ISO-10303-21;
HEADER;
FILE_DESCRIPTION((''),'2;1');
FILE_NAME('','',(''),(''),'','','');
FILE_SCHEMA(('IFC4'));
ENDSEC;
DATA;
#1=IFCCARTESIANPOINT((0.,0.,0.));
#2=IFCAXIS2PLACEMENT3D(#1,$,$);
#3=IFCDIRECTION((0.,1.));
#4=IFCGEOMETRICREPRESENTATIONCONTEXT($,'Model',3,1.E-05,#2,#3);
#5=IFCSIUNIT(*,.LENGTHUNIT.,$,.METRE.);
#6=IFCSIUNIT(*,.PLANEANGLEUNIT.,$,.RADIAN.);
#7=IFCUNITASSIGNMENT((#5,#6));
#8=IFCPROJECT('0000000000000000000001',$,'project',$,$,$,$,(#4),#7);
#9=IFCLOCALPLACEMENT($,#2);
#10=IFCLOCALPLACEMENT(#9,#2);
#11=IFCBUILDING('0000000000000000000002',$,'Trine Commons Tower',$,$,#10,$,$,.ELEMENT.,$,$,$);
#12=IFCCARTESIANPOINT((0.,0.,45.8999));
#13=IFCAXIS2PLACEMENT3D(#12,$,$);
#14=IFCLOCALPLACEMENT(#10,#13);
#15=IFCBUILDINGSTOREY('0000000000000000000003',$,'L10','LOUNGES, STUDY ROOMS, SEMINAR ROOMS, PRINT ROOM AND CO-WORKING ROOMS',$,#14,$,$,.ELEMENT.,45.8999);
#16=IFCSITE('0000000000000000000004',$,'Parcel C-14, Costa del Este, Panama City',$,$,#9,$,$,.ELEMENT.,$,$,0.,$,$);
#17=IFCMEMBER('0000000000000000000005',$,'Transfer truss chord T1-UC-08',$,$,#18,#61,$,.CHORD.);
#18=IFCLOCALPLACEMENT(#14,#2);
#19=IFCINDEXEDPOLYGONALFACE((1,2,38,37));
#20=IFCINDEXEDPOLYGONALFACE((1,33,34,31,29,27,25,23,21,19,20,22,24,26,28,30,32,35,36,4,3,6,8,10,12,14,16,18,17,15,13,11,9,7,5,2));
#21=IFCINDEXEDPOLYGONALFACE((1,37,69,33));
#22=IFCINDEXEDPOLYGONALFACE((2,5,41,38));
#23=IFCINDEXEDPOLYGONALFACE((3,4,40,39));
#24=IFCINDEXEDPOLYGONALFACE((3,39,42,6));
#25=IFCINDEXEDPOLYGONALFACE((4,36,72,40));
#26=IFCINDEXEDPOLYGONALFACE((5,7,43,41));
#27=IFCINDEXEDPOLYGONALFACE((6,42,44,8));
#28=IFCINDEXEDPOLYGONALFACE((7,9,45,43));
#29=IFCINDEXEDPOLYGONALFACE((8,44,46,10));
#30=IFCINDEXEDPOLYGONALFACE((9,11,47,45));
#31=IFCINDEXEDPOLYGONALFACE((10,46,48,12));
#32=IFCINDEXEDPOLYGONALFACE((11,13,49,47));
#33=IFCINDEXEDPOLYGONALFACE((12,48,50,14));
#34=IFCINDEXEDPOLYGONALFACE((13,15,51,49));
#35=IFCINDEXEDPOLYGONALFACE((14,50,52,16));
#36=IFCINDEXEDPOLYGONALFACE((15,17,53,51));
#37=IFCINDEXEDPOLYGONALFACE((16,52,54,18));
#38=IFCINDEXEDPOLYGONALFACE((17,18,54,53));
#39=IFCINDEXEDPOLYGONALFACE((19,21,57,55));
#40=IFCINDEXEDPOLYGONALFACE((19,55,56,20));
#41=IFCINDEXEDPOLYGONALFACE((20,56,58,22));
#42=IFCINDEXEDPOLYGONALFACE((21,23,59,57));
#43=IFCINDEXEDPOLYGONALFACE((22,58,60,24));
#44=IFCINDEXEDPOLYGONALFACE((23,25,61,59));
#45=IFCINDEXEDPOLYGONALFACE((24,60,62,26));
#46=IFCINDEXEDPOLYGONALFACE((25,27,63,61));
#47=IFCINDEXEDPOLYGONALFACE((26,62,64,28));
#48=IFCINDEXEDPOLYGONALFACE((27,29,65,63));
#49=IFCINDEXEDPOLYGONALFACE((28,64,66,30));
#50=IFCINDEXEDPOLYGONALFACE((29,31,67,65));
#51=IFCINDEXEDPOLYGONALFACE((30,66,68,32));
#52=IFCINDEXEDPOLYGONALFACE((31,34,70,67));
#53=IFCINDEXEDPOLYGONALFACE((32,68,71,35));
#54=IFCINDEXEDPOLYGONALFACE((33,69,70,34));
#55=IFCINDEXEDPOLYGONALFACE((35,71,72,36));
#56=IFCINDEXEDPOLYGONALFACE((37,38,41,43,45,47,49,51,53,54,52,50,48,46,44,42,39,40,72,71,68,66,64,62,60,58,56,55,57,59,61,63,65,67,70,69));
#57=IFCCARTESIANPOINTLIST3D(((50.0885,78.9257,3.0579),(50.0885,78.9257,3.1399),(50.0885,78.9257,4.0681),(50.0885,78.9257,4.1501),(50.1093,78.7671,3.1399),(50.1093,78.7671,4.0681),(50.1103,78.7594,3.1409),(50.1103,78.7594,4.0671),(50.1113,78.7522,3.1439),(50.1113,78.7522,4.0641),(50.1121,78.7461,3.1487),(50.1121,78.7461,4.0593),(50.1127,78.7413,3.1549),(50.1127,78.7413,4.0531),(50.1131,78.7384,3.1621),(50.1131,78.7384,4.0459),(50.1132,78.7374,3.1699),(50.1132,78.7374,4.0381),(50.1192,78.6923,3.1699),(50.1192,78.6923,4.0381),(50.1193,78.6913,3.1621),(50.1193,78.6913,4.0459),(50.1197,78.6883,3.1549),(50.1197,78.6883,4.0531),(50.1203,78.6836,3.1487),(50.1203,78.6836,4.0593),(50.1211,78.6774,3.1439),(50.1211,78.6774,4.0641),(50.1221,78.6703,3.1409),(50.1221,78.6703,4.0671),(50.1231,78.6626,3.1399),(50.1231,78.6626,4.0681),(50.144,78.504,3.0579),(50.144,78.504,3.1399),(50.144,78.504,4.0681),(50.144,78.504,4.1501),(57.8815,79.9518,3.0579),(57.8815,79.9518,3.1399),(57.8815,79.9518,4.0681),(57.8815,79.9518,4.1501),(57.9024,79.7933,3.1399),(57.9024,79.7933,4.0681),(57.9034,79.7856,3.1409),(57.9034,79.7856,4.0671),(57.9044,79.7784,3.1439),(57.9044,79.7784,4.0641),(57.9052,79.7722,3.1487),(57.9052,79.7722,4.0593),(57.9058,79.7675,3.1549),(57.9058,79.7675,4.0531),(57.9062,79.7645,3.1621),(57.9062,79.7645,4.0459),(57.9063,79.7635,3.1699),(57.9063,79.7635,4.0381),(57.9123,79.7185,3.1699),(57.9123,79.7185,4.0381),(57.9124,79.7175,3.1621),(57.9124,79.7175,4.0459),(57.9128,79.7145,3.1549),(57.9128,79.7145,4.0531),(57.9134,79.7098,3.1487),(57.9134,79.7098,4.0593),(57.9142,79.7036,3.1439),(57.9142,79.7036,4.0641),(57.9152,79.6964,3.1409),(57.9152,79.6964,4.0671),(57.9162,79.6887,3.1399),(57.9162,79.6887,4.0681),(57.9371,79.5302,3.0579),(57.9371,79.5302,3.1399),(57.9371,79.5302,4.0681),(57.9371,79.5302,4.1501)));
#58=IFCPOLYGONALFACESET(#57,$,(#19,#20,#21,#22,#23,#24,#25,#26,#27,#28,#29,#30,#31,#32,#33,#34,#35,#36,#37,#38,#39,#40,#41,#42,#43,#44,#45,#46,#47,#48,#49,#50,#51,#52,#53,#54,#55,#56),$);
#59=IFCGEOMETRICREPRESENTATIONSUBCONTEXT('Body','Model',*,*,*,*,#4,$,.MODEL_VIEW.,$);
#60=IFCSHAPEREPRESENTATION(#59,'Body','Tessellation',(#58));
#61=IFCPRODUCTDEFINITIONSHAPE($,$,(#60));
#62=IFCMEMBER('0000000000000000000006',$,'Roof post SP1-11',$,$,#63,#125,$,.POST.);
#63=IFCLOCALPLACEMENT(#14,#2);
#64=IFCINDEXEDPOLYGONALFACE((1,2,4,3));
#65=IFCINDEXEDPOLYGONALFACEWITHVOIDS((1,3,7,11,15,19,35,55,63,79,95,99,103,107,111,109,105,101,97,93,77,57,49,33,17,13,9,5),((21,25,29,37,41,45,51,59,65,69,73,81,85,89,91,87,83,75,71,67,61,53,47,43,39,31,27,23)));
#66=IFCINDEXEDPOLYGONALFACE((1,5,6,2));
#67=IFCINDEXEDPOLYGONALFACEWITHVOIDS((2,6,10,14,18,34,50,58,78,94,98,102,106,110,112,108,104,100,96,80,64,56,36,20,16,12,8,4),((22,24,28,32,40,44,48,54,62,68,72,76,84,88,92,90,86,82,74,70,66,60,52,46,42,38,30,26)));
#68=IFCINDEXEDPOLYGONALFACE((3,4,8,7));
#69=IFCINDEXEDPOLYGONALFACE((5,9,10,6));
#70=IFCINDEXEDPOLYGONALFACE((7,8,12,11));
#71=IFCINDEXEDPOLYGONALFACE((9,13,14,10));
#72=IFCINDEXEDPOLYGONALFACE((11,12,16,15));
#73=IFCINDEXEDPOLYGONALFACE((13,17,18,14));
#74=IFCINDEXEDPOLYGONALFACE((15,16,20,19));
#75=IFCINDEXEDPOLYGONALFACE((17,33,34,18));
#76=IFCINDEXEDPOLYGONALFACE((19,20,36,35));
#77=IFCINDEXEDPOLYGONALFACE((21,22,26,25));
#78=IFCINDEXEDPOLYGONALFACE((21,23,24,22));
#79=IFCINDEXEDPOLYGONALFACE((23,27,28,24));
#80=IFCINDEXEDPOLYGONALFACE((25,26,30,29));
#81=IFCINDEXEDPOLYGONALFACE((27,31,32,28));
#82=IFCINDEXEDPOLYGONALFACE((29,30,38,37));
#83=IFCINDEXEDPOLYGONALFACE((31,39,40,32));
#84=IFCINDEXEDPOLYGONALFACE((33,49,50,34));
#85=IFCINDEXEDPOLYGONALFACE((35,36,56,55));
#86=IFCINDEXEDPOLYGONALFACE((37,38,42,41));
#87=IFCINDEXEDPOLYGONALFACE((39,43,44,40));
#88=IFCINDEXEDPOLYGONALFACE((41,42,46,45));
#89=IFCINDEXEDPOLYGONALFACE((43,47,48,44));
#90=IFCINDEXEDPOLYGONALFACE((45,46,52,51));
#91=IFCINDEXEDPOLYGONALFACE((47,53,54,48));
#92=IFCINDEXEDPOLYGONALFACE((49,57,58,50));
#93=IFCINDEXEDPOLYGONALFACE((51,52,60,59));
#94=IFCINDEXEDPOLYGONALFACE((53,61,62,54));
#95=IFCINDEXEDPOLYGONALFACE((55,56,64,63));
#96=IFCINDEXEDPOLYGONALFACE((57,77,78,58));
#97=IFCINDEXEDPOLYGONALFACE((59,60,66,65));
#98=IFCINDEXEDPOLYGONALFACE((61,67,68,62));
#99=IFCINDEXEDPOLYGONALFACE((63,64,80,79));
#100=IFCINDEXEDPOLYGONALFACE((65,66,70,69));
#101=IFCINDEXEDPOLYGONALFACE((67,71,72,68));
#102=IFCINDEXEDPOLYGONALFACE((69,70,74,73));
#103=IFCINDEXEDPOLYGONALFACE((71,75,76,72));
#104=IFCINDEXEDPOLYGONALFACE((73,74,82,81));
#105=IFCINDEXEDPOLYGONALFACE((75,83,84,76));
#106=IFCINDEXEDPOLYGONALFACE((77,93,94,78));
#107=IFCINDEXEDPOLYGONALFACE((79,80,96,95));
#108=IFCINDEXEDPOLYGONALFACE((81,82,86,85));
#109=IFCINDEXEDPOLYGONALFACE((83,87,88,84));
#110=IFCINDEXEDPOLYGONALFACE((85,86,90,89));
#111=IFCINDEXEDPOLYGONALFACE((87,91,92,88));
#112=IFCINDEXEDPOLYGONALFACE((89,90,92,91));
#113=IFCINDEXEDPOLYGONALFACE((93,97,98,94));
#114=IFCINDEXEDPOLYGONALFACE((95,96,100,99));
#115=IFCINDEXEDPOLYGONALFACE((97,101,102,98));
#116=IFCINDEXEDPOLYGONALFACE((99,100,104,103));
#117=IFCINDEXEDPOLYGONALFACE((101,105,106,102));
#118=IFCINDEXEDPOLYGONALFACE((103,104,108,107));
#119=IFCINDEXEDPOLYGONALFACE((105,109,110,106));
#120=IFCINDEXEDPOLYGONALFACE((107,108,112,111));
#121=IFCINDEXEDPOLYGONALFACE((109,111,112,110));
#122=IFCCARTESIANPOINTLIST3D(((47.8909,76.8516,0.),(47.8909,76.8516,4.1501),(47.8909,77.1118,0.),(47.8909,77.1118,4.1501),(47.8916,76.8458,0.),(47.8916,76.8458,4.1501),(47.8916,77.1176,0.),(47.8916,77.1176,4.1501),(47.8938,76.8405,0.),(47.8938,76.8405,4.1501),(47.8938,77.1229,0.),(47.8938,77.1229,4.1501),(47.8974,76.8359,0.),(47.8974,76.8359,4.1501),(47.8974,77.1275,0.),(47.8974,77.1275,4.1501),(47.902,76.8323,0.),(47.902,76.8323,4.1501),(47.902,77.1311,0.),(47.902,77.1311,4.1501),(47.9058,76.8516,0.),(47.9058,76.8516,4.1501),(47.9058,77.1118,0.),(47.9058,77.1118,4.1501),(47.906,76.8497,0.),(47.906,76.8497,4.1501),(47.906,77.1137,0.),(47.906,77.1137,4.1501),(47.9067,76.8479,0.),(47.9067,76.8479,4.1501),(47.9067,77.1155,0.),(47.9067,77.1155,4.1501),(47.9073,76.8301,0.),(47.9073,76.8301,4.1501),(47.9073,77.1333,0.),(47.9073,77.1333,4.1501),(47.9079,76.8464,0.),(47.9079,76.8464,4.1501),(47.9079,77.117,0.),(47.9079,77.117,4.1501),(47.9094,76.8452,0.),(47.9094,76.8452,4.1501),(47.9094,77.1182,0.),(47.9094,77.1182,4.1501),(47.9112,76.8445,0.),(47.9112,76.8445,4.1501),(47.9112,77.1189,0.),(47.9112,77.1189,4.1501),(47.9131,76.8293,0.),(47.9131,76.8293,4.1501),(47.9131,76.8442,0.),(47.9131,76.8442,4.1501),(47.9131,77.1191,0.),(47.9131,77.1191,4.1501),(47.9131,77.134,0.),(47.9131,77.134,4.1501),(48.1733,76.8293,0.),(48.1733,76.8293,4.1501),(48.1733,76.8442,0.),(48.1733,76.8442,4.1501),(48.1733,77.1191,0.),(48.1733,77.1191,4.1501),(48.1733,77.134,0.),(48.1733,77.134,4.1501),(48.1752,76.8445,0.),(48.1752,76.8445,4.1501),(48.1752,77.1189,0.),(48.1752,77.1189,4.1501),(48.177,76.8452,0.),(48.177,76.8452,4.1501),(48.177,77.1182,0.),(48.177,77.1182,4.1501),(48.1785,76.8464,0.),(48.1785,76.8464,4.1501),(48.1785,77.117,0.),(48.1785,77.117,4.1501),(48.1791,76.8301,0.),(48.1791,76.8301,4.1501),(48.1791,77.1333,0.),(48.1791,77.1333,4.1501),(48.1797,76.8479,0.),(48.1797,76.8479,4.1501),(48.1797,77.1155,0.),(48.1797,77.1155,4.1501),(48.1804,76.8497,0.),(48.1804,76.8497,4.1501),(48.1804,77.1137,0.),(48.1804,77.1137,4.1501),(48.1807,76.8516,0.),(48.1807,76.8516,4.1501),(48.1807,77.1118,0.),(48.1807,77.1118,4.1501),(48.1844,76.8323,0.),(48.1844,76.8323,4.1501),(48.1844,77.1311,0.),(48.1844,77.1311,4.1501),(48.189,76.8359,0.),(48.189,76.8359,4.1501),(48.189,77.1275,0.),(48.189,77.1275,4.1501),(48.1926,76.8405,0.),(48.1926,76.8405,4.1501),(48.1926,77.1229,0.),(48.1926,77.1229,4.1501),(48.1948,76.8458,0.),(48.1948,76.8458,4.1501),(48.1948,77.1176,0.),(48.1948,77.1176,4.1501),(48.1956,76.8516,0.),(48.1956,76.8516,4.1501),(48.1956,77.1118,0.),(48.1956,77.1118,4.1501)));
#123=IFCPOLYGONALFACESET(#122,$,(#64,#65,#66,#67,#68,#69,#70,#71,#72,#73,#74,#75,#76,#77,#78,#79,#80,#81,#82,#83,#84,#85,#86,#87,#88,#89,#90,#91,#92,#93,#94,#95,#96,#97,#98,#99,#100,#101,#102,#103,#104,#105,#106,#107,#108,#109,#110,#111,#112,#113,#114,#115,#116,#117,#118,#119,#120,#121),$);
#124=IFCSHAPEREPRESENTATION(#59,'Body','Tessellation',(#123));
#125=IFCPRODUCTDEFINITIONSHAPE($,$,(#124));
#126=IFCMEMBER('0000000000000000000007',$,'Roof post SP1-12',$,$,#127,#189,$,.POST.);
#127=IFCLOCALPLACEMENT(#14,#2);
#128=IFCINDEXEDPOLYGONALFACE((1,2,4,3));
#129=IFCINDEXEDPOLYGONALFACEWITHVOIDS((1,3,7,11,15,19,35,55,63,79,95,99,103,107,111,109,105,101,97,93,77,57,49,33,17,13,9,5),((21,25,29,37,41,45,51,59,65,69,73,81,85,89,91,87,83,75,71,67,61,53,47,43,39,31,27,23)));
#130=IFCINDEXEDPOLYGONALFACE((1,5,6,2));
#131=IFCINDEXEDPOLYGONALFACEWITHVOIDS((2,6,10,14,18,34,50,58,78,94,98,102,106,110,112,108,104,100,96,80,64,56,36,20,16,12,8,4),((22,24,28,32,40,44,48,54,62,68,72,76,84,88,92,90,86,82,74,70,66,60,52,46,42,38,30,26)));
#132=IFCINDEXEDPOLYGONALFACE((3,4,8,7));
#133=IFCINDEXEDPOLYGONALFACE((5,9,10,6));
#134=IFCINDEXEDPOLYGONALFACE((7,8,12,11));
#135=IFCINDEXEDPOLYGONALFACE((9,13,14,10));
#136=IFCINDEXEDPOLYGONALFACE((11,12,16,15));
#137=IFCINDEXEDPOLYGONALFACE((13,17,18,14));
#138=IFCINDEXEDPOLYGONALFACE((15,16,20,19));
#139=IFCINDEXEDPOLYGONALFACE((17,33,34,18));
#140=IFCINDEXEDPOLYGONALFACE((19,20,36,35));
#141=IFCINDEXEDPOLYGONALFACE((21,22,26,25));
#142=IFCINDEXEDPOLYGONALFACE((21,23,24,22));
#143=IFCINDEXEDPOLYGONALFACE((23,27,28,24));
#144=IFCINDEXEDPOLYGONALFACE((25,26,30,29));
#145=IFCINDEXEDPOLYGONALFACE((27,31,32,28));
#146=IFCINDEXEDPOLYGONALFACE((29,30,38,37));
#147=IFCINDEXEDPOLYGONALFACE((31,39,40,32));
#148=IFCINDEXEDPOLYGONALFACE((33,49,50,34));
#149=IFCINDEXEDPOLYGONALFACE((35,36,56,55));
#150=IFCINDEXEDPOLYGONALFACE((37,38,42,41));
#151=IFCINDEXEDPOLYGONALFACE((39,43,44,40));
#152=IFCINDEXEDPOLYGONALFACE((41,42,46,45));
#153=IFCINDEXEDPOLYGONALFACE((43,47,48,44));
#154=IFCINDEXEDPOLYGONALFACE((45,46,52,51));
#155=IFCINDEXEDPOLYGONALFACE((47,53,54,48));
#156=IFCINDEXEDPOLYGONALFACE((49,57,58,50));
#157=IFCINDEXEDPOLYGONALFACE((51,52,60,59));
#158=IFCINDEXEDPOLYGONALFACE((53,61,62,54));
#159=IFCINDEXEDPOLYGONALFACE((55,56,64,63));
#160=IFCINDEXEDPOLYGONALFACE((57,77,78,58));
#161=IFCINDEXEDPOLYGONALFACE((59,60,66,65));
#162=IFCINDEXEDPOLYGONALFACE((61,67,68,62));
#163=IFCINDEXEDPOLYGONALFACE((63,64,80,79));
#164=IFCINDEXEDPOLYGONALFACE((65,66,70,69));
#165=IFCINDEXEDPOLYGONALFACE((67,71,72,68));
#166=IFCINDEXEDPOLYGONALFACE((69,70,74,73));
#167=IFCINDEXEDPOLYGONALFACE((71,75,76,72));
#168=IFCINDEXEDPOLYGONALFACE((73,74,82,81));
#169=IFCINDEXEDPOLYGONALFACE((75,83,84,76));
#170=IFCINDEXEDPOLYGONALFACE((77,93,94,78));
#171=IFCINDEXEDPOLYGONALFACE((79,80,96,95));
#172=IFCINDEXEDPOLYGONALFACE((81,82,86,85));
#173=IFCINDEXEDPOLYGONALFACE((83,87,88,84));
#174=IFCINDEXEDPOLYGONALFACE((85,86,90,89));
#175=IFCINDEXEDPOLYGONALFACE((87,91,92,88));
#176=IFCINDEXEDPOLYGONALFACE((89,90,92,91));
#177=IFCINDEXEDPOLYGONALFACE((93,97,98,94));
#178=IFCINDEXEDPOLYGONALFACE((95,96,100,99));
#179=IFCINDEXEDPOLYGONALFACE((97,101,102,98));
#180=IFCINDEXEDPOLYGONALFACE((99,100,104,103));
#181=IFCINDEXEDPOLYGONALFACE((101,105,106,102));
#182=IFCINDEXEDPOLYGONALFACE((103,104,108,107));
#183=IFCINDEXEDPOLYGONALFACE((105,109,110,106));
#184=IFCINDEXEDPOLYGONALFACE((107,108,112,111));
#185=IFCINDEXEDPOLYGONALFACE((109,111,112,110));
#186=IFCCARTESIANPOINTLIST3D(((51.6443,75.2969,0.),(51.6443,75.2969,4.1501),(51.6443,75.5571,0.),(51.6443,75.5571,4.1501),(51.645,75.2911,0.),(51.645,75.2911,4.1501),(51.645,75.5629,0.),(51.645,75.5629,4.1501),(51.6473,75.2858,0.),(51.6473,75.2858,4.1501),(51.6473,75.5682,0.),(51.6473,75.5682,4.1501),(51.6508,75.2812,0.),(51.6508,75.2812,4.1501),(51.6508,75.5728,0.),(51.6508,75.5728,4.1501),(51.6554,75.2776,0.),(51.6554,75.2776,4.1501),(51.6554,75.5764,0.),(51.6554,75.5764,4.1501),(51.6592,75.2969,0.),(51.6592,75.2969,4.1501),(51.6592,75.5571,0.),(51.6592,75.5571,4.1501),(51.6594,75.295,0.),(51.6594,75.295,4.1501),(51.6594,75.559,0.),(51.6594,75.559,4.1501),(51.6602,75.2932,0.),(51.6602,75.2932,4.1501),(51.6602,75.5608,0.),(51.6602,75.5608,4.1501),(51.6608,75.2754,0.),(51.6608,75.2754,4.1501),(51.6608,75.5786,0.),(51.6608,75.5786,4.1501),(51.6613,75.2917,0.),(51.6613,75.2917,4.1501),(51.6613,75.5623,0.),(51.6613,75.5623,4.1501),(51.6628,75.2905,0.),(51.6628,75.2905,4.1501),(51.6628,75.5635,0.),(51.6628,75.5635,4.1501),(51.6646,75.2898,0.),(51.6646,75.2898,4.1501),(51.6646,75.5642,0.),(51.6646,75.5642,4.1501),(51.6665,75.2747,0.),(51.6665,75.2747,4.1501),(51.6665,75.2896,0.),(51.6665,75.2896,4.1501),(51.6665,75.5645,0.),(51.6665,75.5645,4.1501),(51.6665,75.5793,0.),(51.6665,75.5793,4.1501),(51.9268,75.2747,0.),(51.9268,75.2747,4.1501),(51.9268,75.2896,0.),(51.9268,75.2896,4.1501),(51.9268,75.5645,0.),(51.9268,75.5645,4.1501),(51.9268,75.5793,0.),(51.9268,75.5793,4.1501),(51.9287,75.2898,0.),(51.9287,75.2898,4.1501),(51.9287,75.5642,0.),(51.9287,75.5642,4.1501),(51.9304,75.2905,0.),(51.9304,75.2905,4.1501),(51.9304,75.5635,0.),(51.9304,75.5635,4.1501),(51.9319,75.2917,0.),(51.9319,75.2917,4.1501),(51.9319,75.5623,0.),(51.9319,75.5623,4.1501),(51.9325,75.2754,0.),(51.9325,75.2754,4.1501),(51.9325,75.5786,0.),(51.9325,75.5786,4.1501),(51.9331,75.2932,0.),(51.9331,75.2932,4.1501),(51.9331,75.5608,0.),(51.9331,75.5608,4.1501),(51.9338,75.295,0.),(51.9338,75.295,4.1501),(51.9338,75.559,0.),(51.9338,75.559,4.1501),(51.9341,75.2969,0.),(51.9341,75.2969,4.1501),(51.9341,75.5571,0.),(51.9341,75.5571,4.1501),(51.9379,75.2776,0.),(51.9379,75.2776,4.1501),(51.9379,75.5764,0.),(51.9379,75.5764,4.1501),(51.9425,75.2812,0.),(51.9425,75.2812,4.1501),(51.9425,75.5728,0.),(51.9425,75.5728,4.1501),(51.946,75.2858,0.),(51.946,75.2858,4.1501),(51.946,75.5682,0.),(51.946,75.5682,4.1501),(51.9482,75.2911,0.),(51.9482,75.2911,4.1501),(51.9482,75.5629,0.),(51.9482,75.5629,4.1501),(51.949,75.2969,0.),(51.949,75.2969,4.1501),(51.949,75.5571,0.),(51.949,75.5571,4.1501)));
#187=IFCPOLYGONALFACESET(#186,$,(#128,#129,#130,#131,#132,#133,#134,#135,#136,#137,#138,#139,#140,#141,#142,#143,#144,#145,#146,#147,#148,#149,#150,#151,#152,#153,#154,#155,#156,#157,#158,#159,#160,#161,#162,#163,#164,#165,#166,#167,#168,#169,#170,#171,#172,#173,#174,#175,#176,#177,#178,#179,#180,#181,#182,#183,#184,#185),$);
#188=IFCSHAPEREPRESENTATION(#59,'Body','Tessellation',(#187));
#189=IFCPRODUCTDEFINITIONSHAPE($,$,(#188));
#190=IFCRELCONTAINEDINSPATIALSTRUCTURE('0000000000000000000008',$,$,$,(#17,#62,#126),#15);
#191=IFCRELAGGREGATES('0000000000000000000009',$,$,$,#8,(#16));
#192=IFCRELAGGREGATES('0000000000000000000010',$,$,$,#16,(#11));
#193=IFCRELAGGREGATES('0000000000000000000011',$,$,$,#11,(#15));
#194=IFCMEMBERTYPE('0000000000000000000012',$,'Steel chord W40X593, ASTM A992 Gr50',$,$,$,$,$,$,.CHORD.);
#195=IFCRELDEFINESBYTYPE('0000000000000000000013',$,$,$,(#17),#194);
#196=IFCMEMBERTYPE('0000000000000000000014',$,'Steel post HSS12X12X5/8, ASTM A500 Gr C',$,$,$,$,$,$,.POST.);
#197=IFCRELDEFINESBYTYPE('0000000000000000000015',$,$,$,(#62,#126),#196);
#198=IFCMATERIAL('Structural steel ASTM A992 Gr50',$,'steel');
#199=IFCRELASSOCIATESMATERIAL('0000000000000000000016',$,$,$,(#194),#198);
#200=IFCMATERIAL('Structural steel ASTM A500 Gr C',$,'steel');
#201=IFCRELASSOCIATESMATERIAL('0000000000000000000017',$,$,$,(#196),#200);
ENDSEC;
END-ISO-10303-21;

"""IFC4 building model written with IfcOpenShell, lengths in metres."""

from ifc_helpers import new_model, si_unit, direction, frame, origin, origin_2d, place, context, subcontext, project, spatial, hollow_rectangle, i_section, extrude, material, material_profile, profile_set, type_object, element, save


model = new_model("IFC4")

# Units and contexts
model_context = context("Model", 3, precision=1e-05, world=origin(), true_north=direction((0.0, 1.0)))
body_context = subcontext(model_context, "Body", "Model", "MODEL_VIEW")
ifc_project = project(units=[si_unit("LENGTHUNIT", "METRE"), si_unit("PLANEANGLEUNIT", "RADIAN")], contexts=[model_context])

# Site, building, storey
site_placement = place(None, origin())
site = spatial("IfcSite", under=ifc_project, at=site_placement, Name="Parcel C-14, Costa del Este, Panama City", CompositionType="ELEMENT", RefElevation=0.0)
building_placement = place(site_placement, origin())
building = spatial("IfcBuilding", under=site, at=building_placement, Name="Trine Commons Tower", CompositionType="ELEMENT")
storey_placement = place(building_placement, frame((0.0, 0.0, 45.8999)))
storey = spatial("IfcBuildingStorey", under=building, at=storey_placement, Name="L10", Description="LOUNGES, STUDY ROOMS, SEMINAR ROOMS, PRINT ROOM AND CO-WORKING ROOMS", CompositionType="ELEMENT", Elevation=45.8999)

# Shared definitions
ifc_material_1 = material(Name="Structural steel ASTM A992 Gr50", Category="steel")

# Members
ifc_material_profile_1 = material_profile(ifc_material_1, i_section(OverallWidth=0.4253, OverallDepth=1.0923, WebThickness=0.0454, FlangeThickness=0.082, FilletRadius=0.03, at=origin_2d()), Name="W40X593")
ifc_profile_set_1 = profile_set([ifc_material_profile_1], Name="Structural steel ASTM A992 Gr50")
member_type_1 = type_object("IfcMemberType", Name="Steel chord W40X593, ASTM A992 Gr50", PredefinedType="CHORD", material=ifc_profile_set_1)
member_1_placement = place(storey_placement, frame((50.1162, 78.7148, 3.604), z_axis=(0.991442, 0.130546, 0.0), x_axis=(-0.130546, 0.991442, 0.0)))
element("IfcMember", 1, at=member_1_placement, inside=storey, type_object=member_type_1, Name="Transfer truss chord T1-UC-08", PredefinedType="CHORD", context=body_context, shape_type="SweptSolid", body=[
    extrude(i_section(OverallWidth=0.4253, OverallDepth=1.0923, WebThickness=0.0454, FlangeThickness=0.082, FilletRadius=0.03, at=origin_2d()), origin(), (0.0, 0.0, 1.0), 7.8604),
])
ifc_material_2 = material(Name="Structural steel ASTM A500 Gr C", Category="steel")
ifc_material_profile_2 = material_profile(ifc_material_2, hollow_rectangle(XDim=0.3047, YDim=0.3047, WallThickness=0.0149, InnerFilletRadius=0.0073, OuterFilletRadius=0.0222, at=origin_2d()), Name="HSS12X12X5/8")
ifc_profile_set_2 = profile_set([ifc_material_profile_2], Name="Structural steel ASTM A500 Gr C")
member_type_2 = type_object("IfcMemberType", Name="Steel post HSS12X12X5/8, ASTM A500 Gr C", PredefinedType="POST", material=ifc_profile_set_2)
for number, where, z_axis, x_axis, name in (
    (2, (48.0432, 76.9817, 0.0), (0.0, 0.0, 1.0), (1.0, 0.0, 0.0), "Roof post SP1-11"),
    (3, (51.7966, 75.427, 0.0), (0.0, 0.0, 1.0), (1.0, 0.0, 0.0), "Roof post SP1-12"),
):
    element("IfcMember", number, at=place(storey_placement, frame(where, z_axis=z_axis, x_axis=x_axis)), inside=storey, type_object=member_type_2, Name=name, PredefinedType="POST", context=body_context, shape_type="SweptSolid", body=[
        extrude(hollow_rectangle(XDim=0.3047, YDim=0.3047, WallThickness=0.0149, InnerFilletRadius=0.0073, OuterFilletRadius=0.0222, at=origin_2d()), origin(), (0.0, 0.0, 1.0), 4.1501),
    ])

save(model, "model.ifc")
